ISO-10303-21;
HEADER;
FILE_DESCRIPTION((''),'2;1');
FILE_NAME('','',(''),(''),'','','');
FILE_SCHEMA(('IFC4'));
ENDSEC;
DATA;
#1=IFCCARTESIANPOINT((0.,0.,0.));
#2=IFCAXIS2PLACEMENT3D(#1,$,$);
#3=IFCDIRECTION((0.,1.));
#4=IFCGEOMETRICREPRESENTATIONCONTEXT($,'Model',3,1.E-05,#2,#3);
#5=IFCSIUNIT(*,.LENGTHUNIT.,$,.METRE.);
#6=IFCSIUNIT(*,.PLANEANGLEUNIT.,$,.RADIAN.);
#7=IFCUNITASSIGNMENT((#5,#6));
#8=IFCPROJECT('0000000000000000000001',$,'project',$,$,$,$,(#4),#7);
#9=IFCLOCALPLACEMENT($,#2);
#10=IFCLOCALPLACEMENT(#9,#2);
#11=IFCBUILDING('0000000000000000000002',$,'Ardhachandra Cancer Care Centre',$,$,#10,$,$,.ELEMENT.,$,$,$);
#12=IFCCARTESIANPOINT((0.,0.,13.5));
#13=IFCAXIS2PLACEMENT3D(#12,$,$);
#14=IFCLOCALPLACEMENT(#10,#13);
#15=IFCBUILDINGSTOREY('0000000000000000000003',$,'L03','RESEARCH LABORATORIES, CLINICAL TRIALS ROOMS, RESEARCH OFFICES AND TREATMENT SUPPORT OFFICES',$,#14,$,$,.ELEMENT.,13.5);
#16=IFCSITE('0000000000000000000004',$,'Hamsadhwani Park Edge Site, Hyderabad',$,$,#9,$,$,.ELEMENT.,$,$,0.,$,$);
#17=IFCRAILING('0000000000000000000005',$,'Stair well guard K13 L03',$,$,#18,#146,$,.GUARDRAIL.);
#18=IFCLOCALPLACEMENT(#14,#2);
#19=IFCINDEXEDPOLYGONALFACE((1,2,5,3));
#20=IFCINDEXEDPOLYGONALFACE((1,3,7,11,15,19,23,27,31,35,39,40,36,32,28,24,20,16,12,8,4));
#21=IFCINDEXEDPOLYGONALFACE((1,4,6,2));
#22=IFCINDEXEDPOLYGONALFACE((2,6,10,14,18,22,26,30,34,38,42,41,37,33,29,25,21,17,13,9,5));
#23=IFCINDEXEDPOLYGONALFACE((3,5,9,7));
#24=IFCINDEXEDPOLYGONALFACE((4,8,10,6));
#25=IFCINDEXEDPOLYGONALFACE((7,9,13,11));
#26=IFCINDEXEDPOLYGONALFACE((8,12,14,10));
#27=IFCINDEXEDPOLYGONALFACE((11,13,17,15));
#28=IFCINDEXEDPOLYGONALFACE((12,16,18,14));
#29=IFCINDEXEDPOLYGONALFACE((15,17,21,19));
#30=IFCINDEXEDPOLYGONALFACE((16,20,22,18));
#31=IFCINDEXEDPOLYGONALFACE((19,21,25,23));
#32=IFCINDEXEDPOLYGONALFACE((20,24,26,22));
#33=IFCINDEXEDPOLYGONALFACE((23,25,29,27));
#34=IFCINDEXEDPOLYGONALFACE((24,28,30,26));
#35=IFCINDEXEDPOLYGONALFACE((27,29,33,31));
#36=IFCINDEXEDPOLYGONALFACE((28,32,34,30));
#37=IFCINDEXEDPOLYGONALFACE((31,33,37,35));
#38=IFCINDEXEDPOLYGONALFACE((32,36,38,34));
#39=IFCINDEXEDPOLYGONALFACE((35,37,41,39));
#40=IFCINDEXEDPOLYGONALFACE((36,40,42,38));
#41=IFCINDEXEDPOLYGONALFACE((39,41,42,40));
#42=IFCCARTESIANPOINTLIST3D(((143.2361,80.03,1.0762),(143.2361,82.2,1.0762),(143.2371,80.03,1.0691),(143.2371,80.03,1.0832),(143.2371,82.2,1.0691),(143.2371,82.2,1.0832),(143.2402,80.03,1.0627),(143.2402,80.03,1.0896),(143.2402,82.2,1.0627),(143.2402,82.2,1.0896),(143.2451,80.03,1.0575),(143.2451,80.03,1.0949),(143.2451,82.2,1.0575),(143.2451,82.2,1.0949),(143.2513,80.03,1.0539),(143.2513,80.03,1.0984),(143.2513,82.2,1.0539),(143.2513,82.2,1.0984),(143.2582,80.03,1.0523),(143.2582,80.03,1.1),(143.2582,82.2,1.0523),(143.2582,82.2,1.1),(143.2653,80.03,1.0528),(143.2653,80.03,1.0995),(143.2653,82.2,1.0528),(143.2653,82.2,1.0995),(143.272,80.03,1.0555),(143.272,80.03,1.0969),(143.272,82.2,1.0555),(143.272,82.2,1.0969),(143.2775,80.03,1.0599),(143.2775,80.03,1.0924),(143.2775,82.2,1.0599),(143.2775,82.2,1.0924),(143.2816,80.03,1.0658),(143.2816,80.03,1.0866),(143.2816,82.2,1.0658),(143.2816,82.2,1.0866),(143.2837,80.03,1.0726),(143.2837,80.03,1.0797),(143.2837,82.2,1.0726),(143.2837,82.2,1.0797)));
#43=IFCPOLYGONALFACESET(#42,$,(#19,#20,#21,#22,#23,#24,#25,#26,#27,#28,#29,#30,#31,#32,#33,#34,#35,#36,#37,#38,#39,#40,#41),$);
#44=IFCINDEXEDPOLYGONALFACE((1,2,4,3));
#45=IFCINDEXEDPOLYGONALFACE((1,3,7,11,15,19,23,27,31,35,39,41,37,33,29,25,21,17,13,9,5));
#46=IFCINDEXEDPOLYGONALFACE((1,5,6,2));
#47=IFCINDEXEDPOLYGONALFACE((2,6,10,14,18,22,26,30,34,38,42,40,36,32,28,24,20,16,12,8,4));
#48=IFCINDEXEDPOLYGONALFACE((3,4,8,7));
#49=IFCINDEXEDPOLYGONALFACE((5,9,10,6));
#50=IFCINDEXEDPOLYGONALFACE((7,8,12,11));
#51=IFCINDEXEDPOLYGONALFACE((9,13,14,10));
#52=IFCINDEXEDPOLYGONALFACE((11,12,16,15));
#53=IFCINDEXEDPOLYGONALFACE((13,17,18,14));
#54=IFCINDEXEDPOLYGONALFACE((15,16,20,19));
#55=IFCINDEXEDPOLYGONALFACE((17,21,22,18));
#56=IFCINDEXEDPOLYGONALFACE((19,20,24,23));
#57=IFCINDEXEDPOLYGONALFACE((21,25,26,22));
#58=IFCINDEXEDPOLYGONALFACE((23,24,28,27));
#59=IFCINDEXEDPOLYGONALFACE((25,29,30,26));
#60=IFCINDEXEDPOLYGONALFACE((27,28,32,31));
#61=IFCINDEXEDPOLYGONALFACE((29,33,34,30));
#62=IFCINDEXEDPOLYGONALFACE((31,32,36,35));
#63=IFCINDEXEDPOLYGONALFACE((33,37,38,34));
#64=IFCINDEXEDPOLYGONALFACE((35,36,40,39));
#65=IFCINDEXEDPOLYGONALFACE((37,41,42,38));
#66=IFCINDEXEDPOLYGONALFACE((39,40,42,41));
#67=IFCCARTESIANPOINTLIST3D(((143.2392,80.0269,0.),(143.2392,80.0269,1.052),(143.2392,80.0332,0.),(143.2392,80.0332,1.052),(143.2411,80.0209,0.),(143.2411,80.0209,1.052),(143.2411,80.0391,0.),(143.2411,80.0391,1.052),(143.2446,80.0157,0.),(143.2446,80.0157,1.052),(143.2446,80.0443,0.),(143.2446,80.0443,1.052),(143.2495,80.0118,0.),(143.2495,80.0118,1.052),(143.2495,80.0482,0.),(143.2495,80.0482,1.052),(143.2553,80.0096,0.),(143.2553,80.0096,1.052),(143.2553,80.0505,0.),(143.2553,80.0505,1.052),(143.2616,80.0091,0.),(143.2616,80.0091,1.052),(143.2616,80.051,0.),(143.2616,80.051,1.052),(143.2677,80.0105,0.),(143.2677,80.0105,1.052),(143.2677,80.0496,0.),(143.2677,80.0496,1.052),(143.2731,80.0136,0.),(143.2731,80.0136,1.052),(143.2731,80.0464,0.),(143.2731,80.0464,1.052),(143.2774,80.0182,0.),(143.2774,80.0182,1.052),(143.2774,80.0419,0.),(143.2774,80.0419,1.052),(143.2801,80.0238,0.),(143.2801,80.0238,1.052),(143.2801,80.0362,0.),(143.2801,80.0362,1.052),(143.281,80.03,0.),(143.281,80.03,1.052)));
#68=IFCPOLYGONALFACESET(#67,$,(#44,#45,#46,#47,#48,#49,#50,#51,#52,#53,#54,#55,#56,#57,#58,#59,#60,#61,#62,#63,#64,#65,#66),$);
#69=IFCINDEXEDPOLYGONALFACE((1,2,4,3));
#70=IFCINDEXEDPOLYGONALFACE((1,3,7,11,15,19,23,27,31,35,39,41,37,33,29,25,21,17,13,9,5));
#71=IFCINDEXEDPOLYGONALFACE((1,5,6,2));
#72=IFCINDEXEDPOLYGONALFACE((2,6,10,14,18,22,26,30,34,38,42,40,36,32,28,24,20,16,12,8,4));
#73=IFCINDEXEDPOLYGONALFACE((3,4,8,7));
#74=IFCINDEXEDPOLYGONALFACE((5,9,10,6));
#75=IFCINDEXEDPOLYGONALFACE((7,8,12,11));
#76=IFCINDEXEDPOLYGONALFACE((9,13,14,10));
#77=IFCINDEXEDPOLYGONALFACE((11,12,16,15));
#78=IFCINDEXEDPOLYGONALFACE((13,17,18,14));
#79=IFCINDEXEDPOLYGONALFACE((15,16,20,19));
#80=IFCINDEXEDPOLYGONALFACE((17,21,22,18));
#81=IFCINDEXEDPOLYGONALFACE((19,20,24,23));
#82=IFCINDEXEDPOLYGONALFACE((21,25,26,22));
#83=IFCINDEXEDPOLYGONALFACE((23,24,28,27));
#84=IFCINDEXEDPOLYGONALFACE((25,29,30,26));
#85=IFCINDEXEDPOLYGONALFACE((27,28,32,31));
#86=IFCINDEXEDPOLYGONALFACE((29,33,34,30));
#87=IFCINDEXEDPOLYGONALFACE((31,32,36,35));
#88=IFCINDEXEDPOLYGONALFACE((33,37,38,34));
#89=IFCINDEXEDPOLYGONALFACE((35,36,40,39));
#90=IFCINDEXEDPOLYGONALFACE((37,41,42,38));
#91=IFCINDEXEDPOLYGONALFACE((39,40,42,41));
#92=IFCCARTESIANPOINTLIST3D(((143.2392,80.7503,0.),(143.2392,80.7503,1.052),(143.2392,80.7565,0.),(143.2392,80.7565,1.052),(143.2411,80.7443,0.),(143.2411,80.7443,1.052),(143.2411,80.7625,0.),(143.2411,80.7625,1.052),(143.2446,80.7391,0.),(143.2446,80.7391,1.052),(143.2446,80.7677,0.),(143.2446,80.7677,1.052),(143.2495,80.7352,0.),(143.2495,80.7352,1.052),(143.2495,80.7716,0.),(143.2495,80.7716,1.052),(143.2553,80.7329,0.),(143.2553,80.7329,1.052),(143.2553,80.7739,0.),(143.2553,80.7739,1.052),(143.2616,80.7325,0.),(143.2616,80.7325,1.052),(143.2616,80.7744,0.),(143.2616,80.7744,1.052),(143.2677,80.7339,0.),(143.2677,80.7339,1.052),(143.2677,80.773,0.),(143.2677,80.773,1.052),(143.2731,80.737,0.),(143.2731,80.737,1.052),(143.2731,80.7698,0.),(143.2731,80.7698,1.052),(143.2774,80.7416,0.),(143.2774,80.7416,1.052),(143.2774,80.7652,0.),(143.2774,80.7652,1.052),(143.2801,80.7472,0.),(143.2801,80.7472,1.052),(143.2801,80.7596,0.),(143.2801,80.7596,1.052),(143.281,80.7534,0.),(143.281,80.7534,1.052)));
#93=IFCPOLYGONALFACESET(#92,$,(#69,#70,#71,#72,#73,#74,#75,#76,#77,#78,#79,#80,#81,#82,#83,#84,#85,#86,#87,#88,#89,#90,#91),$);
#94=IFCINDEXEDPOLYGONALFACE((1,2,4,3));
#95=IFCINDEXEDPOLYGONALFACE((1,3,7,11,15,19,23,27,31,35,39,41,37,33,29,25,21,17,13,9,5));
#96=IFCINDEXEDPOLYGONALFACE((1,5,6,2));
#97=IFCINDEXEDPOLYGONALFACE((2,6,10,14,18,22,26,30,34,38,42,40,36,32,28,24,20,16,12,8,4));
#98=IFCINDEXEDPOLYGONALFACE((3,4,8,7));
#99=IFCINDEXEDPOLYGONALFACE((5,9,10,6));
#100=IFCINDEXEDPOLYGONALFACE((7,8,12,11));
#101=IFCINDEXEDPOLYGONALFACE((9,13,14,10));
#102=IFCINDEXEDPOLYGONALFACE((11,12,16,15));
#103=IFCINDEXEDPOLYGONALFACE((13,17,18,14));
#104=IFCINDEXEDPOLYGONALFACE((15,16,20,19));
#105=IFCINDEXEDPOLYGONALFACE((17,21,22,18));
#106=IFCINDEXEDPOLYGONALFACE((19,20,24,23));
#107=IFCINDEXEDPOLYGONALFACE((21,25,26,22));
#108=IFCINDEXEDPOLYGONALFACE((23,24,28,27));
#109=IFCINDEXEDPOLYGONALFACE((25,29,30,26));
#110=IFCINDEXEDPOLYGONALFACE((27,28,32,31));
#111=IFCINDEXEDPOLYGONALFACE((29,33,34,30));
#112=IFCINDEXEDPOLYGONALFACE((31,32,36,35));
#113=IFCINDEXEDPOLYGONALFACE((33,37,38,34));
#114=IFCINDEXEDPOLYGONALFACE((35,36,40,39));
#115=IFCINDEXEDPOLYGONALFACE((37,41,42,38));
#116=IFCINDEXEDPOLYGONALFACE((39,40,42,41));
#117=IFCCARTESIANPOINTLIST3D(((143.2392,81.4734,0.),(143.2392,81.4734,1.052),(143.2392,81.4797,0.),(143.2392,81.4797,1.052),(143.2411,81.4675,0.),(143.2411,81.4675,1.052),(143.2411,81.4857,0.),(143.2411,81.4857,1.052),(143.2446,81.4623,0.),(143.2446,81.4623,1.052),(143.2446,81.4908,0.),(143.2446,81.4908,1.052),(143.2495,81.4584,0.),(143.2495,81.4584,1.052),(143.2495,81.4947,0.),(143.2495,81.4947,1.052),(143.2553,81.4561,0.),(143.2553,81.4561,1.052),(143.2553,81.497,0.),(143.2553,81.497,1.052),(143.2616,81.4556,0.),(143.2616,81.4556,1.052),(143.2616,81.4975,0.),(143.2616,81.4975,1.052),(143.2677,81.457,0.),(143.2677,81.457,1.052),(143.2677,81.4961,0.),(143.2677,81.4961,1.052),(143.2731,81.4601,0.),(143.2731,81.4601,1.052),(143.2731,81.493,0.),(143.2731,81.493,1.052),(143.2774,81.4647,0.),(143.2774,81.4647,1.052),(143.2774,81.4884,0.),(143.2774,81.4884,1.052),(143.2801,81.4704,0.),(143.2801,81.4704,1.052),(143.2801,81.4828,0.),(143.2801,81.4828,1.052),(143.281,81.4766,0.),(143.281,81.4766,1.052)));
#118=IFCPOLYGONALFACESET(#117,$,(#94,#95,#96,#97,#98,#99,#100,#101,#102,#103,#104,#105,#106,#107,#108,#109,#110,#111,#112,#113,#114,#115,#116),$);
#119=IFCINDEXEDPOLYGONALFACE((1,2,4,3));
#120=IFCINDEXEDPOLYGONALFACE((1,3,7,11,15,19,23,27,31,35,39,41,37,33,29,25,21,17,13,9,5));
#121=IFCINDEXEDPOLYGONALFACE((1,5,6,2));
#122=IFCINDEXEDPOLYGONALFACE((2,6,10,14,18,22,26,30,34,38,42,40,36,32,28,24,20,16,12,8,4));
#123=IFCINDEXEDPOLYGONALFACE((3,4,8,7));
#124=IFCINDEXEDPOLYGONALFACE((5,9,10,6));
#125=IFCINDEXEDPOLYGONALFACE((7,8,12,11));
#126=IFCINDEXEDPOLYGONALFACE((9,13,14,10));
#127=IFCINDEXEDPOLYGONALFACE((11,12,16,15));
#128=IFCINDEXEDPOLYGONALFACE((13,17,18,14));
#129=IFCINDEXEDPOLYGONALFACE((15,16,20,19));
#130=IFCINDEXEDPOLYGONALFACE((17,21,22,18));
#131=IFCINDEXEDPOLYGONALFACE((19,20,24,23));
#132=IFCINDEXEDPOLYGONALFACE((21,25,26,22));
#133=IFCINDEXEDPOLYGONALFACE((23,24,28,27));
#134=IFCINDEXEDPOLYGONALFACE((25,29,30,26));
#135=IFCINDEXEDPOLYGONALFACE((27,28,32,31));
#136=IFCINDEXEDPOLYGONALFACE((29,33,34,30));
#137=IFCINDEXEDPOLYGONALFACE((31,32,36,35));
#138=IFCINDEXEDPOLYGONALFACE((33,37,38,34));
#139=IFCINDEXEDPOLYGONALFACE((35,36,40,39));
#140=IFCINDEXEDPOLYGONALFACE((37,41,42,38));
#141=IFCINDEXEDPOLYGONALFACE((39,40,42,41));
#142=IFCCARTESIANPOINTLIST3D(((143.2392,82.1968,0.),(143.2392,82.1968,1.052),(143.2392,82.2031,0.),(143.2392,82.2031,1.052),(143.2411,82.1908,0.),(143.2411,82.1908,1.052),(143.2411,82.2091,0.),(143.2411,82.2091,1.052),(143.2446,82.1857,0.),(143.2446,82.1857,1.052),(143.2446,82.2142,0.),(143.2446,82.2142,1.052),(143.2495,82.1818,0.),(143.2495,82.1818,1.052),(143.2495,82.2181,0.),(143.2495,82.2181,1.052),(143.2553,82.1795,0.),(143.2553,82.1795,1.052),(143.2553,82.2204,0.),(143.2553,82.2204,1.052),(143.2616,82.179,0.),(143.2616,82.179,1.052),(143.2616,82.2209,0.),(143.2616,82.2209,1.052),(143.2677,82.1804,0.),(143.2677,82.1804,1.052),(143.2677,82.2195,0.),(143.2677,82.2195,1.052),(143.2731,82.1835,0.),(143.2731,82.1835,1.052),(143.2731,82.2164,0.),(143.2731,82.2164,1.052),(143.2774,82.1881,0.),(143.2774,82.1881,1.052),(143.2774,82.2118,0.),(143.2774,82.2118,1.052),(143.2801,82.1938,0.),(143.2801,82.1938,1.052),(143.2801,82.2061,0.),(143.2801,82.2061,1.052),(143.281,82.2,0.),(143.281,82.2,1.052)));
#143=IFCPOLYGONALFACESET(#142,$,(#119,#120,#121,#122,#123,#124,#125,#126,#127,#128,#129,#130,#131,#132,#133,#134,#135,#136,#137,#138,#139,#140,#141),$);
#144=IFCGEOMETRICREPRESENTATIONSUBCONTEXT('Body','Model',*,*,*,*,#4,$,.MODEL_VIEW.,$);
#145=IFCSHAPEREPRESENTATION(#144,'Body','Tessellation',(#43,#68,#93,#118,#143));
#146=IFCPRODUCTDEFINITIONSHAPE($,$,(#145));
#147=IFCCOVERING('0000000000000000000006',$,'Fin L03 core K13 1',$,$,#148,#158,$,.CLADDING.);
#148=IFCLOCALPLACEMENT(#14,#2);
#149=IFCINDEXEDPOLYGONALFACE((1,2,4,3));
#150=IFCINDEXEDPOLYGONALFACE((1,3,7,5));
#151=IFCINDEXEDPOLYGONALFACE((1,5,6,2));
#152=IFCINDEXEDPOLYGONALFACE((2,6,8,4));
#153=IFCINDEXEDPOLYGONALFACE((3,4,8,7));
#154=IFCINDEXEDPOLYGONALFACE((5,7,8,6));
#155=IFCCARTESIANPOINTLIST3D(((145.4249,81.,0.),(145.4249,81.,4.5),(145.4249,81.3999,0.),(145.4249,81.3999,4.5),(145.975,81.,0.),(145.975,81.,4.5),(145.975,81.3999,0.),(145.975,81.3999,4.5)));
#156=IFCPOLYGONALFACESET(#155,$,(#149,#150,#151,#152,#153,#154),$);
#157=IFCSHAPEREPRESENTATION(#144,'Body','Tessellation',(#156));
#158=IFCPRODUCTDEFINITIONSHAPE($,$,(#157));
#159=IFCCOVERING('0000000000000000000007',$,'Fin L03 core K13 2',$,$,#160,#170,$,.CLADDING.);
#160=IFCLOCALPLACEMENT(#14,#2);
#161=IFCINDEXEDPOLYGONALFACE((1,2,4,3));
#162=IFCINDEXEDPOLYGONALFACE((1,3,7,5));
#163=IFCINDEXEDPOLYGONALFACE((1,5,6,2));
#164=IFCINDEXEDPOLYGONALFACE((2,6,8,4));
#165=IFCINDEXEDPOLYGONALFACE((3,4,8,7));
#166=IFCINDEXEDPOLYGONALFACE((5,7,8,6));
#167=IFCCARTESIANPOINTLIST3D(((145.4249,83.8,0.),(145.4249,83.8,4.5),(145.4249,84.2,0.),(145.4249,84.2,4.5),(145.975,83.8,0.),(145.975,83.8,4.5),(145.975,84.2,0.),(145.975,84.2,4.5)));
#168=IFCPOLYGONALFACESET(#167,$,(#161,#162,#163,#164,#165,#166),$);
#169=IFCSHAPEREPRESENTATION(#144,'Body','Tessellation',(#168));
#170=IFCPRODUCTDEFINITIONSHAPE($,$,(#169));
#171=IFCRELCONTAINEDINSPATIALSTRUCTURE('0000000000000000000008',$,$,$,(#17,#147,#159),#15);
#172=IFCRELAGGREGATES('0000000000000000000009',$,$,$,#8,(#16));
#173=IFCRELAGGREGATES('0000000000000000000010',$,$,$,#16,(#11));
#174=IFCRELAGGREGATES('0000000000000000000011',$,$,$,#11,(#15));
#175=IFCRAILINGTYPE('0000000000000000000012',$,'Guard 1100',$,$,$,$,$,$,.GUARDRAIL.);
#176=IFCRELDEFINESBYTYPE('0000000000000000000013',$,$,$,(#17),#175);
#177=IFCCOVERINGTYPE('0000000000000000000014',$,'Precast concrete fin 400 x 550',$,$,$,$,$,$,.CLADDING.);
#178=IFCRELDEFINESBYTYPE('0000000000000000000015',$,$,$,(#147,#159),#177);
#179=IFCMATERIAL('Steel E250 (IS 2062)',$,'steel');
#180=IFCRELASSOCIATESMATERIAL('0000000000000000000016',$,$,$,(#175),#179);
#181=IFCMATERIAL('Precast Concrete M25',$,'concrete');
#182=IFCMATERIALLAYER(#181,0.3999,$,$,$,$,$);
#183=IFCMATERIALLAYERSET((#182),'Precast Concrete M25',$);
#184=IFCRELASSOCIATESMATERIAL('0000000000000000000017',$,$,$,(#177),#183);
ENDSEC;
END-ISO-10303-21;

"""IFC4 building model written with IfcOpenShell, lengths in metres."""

from ifc_helpers import new_model, si_unit, direction, frame, origin, origin_2d, place, context, subcontext, project, spatial, rectangle, circle, extrude, material, layer, layer_set, type_object, element, save


model = new_model("IFC4")

# Units and contexts
model_context = context("Model", 3, precision=1e-05, world=origin(), true_north=direction((0.0, 1.0)))
body_context = subcontext(model_context, "Body", "Model", "MODEL_VIEW")
ifc_project = project(units=[si_unit("LENGTHUNIT", "METRE"), si_unit("PLANEANGLEUNIT", "RADIAN")], contexts=[model_context])

# Site, building, storey
site_placement = place(None, origin())
site = spatial("IfcSite", under=ifc_project, at=site_placement, Name="Hamsadhwani Park Edge Site, Hyderabad", CompositionType="ELEMENT", RefElevation=0.0)
building_placement = place(site_placement, origin())
building = spatial("IfcBuilding", under=site, at=building_placement, Name="Ardhachandra Cancer Care Centre", CompositionType="ELEMENT")
storey_placement = place(building_placement, frame((0.0, 0.0, 13.5)))
storey = spatial("IfcBuildingStorey", under=building, at=storey_placement, Name="L03", Description="RESEARCH LABORATORIES, CLINICAL TRIALS ROOMS, RESEARCH OFFICES AND TREATMENT SUPPORT OFFICES", CompositionType="ELEMENT", Elevation=13.5)

# Railing
ifc_material_1 = material(Name="Steel E250 (IS 2062)", Category="steel")
railing_type_1 = type_object("IfcRailingType", Name="Guard 1100", PredefinedType="GUARDRAIL", material=ifc_material_1)
railing_placement = place(storey_placement, frame((143.26, 80.03, 0.0)))
element("IfcRailing", 1, at=railing_placement, inside=storey, type_object=railing_type_1, Name="Stair well guard K13 L03", PredefinedType="GUARDRAIL", context=body_context, shape_type="SweptSolid", body=[
    extrude(circle(Radius=0.0239, at=origin_2d()), frame((0.0, 0.0, 1.0762), z_axis=(0.0, 1.0, 0.0), x_axis=(-1.0, 0.0, 0.0)), (0.0, 0.0, 1.0), 2.1699),
    extrude(circle(Radius=0.021, at=origin_2d()), origin(), (0.0, 0.0, 1.0), 1.052),
    extrude(circle(Radius=0.021, at=origin_2d()), frame((0.0, 0.7234, 0.0)), (0.0, 0.0, 1.0), 1.052),
    extrude(circle(Radius=0.021, at=origin_2d()), frame((0.0, 1.4465, 0.0)), (0.0, 0.0, 1.0), 1.052),
    extrude(circle(Radius=0.021, at=origin_2d()), frame((0.0, 2.1699, 0.0)), (0.0, 0.0, 1.0), 1.052),
])

# Coverings
ifc_material_2 = material(Name="Precast Concrete M25", Category="concrete")
ifc_layer_1 = layer(ifc_material_2, 0.3999)
ifc_layer_set_1 = layer_set([ifc_layer_1], Name="Precast Concrete M25")
covering_type = type_object("IfcCoveringType", Name="Precast concrete fin 400 x 550", PredefinedType="CLADDING", material=ifc_layer_set_1)
for number, where, z_axis, x_axis, name in (
    (2, (145.7, 81.2, 0.0), (0.0, 0.0, 1.0), (0.0, 1.0, 0.0), "Fin L03 core K13 1"),
    (3, (145.7, 84.0, 0.0), (0.0, 0.0, 1.0), (0.0, 1.0, 0.0), "Fin L03 core K13 2"),
):
    element("IfcCovering", number, at=place(storey_placement, frame(where, z_axis=z_axis, x_axis=x_axis)), inside=storey, type_object=covering_type, Name=name, PredefinedType="CLADDING", context=body_context, shape_type="SweptSolid", body=[
        extrude(rectangle(XDim=0.3999, YDim=0.55, at=origin_2d()), origin(), (0.0, 0.0, 1.0), 4.5),
    ])

save(model, "model.ifc")
